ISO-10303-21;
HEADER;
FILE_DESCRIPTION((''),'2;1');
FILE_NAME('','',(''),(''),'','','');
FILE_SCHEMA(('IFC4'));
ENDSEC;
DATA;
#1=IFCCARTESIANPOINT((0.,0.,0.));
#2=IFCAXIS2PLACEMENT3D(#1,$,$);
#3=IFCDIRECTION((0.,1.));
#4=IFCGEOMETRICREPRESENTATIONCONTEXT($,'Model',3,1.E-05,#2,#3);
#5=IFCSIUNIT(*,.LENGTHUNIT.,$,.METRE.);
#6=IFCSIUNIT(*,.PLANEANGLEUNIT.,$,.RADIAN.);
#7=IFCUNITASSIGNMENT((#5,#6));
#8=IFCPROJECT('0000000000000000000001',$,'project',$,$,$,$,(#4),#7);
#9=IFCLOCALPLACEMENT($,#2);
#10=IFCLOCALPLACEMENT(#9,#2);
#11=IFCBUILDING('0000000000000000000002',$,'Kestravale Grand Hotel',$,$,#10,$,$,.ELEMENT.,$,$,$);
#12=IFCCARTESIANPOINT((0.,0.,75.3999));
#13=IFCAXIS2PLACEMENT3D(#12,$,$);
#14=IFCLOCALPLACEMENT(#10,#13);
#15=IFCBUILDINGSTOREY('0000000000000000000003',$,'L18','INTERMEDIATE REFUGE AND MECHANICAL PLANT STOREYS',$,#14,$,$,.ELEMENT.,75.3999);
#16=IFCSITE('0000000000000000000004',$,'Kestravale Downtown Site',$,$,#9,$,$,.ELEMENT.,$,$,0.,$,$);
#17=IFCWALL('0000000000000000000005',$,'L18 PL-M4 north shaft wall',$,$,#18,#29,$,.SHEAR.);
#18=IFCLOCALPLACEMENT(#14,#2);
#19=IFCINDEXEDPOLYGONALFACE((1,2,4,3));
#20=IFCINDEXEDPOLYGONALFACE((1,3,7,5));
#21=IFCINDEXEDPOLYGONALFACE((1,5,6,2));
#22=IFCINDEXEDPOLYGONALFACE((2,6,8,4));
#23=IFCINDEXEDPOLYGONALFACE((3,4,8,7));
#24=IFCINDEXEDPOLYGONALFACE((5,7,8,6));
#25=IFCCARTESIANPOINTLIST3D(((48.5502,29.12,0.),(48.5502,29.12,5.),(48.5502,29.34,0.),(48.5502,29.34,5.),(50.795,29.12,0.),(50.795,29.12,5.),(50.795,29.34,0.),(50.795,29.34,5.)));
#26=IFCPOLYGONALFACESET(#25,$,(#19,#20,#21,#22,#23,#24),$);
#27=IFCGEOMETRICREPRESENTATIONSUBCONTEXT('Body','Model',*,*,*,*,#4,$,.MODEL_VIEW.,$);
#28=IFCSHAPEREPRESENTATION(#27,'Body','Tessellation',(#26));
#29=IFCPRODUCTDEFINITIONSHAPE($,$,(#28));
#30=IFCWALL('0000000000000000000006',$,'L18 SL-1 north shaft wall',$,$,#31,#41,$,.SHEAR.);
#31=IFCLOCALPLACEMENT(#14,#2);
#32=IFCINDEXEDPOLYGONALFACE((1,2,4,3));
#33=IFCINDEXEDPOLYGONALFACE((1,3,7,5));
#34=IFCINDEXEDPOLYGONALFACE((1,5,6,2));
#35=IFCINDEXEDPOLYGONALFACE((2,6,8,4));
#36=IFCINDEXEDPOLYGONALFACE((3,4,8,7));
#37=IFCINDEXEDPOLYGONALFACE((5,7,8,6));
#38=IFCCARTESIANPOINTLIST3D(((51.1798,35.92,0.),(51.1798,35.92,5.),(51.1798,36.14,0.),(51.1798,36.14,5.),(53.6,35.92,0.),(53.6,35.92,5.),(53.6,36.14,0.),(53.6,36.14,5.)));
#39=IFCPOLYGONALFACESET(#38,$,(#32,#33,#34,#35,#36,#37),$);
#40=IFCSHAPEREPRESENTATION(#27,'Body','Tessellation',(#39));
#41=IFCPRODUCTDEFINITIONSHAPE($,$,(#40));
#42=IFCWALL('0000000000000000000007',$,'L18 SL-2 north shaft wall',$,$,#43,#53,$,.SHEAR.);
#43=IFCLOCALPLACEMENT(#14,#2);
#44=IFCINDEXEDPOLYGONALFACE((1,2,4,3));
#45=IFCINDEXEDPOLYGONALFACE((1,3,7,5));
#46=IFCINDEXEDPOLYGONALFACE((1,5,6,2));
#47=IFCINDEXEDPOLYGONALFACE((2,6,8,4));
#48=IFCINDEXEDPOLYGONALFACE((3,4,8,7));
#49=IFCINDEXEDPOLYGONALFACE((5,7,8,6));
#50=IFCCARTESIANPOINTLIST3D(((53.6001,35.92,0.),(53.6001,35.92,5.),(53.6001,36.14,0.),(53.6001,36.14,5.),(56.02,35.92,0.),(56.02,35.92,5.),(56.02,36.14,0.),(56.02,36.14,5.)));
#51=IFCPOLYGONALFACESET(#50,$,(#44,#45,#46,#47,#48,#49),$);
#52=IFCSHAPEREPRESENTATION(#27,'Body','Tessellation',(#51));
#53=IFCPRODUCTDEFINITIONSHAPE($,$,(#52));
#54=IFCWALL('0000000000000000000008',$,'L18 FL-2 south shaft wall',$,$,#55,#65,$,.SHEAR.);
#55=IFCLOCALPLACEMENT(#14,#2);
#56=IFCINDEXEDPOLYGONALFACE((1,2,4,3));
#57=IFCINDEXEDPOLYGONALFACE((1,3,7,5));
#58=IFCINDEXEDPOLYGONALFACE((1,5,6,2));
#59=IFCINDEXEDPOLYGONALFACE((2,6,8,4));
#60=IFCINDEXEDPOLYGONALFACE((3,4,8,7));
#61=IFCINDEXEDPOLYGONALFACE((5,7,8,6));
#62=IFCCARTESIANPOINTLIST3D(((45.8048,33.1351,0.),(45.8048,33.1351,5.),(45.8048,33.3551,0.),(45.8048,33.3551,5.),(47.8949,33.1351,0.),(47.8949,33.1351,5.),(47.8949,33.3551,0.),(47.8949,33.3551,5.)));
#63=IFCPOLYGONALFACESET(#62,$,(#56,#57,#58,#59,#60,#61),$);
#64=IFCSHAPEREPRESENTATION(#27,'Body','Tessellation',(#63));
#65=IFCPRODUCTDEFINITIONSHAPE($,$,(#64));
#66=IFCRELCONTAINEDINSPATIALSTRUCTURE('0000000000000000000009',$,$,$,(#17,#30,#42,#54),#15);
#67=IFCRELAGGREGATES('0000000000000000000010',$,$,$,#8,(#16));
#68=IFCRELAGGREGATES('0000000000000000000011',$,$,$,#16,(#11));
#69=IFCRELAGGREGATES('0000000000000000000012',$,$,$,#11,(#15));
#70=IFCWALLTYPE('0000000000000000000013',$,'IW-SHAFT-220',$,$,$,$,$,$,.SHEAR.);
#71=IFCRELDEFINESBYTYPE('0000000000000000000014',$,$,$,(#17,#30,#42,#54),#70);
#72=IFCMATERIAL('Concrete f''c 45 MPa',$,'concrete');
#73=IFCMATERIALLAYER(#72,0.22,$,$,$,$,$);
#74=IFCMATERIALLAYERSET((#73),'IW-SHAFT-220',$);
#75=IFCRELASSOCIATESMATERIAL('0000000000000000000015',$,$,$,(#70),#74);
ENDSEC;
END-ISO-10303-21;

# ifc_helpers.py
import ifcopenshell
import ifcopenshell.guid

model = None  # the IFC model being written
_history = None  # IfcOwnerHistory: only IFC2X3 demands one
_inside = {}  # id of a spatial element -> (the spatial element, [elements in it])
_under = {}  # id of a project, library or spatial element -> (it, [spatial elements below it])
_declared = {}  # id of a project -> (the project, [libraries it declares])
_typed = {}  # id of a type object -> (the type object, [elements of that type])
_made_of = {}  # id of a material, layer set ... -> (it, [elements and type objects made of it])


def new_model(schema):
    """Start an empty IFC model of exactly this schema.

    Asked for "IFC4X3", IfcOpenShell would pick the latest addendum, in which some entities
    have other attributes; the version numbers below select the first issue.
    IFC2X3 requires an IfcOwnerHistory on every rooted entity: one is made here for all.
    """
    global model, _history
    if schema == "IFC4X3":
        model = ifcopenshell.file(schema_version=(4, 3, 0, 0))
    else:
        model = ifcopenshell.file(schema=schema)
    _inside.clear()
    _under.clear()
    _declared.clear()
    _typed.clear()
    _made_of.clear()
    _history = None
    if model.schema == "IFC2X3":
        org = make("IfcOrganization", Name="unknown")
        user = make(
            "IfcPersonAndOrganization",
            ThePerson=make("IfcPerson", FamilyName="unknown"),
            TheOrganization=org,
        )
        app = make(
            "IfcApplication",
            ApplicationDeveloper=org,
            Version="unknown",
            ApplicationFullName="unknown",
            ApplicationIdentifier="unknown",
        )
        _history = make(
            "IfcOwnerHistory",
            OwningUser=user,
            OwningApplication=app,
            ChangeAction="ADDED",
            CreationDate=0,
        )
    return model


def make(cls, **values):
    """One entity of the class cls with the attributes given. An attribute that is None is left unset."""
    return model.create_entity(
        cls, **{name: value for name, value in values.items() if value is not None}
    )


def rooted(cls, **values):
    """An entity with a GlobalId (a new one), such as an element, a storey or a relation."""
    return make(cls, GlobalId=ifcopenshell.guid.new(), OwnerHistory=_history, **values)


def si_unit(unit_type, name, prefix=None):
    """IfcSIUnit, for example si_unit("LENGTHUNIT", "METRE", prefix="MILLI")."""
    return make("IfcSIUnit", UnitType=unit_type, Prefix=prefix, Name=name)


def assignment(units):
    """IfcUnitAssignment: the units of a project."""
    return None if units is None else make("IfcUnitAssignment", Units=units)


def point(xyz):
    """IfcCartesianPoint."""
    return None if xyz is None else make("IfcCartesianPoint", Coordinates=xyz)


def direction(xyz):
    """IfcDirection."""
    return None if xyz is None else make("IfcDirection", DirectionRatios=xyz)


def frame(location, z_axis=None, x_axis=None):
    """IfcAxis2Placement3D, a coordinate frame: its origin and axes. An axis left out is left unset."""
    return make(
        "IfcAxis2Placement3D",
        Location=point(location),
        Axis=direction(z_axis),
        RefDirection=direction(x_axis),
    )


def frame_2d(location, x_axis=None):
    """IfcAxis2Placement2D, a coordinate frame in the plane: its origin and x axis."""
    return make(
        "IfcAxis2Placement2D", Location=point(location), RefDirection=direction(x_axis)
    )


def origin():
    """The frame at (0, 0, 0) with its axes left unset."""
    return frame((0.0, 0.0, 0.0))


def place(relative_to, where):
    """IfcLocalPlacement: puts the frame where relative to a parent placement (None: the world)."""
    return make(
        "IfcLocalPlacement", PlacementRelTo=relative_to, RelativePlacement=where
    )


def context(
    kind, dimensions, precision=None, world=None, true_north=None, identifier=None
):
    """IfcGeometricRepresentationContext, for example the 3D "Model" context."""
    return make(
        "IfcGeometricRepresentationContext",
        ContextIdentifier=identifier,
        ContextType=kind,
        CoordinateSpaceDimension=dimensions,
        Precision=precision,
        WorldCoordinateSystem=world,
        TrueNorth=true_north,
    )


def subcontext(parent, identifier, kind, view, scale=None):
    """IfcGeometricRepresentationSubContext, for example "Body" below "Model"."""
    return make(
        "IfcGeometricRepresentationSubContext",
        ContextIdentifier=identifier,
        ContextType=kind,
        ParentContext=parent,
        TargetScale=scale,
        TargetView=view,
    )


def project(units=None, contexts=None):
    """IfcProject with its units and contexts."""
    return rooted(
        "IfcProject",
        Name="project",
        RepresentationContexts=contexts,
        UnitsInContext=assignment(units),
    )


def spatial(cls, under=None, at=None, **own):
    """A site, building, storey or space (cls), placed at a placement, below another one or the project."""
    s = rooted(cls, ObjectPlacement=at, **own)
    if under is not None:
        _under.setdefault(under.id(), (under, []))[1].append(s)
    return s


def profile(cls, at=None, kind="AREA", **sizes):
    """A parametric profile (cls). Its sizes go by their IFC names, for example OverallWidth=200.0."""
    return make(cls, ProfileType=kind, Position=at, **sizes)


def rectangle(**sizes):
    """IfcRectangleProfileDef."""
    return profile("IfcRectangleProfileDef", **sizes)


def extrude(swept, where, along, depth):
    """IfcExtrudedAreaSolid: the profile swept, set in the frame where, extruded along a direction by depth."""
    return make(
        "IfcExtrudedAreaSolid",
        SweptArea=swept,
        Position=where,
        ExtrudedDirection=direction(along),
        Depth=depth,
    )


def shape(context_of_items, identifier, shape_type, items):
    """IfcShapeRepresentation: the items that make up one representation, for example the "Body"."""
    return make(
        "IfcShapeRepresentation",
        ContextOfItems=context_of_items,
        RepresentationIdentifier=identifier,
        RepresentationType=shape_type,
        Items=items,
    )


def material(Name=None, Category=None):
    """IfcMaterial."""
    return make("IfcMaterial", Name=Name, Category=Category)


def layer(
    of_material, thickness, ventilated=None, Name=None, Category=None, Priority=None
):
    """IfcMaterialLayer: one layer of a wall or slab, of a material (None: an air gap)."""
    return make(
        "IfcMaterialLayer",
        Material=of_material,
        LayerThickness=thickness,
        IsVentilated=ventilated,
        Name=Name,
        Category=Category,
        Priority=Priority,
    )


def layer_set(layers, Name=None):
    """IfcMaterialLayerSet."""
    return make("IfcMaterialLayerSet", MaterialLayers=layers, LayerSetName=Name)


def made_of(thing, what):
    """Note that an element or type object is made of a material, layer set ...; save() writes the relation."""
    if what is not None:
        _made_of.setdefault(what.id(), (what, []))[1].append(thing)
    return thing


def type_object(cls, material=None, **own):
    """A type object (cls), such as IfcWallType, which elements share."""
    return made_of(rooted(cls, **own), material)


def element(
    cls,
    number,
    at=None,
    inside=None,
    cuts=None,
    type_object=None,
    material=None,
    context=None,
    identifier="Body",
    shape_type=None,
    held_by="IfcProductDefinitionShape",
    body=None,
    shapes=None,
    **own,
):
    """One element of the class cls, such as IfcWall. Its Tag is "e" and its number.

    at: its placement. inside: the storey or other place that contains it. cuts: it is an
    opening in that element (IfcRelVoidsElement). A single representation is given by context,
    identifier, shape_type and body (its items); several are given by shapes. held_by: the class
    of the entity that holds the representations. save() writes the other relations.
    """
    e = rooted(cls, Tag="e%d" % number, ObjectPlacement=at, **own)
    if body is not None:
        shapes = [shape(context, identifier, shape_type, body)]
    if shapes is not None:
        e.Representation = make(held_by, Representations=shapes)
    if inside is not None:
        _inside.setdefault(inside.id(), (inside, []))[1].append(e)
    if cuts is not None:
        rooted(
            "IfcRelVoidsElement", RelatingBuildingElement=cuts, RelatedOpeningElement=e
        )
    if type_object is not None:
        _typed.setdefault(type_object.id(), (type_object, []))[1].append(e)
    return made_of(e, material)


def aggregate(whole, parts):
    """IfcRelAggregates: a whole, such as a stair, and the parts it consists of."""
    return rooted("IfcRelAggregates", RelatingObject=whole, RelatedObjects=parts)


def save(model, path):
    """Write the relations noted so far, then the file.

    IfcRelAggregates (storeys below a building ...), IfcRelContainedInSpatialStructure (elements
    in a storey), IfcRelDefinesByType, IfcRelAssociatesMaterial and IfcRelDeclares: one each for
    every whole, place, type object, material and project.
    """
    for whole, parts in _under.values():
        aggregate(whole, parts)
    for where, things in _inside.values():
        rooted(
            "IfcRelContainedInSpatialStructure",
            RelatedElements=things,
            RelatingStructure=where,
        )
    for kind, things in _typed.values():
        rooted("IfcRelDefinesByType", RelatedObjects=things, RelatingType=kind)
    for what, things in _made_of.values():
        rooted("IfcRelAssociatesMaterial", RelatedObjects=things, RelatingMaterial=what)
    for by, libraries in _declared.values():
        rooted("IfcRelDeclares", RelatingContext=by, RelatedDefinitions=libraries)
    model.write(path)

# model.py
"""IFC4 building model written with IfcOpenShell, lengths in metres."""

from ifc_helpers import new_model, si_unit, direction, frame, frame_2d, origin, place, context, subcontext, project, spatial, rectangle, extrude, material, layer, layer_set, type_object, element, save


model = new_model("IFC4")

# Units and contexts
model_context = context("Model", 3, precision=1e-05, world=origin(), true_north=direction((0.0, 1.0)))
body_context = subcontext(model_context, "Body", "Model", "MODEL_VIEW")
ifc_project = project(units=[si_unit("LENGTHUNIT", "METRE"), si_unit("PLANEANGLEUNIT", "RADIAN")], contexts=[model_context])

# Site, building, storey
site_placement = place(None, origin())
site = spatial("IfcSite", under=ifc_project, at=site_placement, Name="Kestravale Downtown Site", CompositionType="ELEMENT", RefElevation=0.0)
building_placement = place(site_placement, origin())
building = spatial("IfcBuilding", under=site, at=building_placement, Name="Kestravale Grand Hotel", CompositionType="ELEMENT")
storey_placement = place(building_placement, frame((0.0, 0.0, 75.3999)))
storey = spatial("IfcBuildingStorey", under=building, at=storey_placement, Name="L18", Description="INTERMEDIATE REFUGE AND MECHANICAL PLANT STOREYS", CompositionType="ELEMENT", Elevation=75.3999)

# Walls
ifc_material_1 = material(Name="Concrete f'c 45 MPa", Category="concrete")
ifc_layer_1 = layer(ifc_material_1, 0.22)
ifc_layer_set_1 = layer_set([ifc_layer_1], Name="IW-SHAFT-220")
wall_type_1 = type_object("IfcWallType", Name="IW-SHAFT-220", PredefinedType="SHEAR", material=ifc_layer_set_1)
wall_1_placement = place(storey_placement, frame((48.55, 29.23, 0.0), z_axis=(0.0, 0.0, 1.0), x_axis=(1.0, 0.0, 0.0)))
element("IfcWall", 1, at=wall_1_placement, inside=storey, type_object=wall_type_1, Name="L18 PL-M4 north shaft wall", PredefinedType="SHEAR", context=body_context, shape_type="SweptSolid", body=[
    extrude(rectangle(XDim=2.2449, YDim=0.22, at=frame_2d((1.1226, 0.0))), origin(), (0.0, 0.0, 1.0), 5.0),
])
wall_2_placement = place(storey_placement, frame((51.1799, 36.03, 0.0), z_axis=(0.0, 0.0, 1.0), x_axis=(1.0, 0.0, 0.0)))
element("IfcWall", 2, at=wall_2_placement, inside=storey, type_object=wall_type_1, Name="L18 SL-1 north shaft wall", PredefinedType="SHEAR", context=body_context, shape_type="SweptSolid", body=[
    extrude(rectangle(XDim=2.4202, YDim=0.22, at=frame_2d((1.21, 0.0))), origin(), (0.0, 0.0, 1.0), 5.0),
])

# Wall
wall_3_placement = place(storey_placement, frame((53.6001, 36.03, 0.0), z_axis=(0.0, 0.0, 1.0), x_axis=(1.0, 0.0, 0.0)))
element("IfcWall", 3, at=wall_3_placement, inside=storey, type_object=wall_type_1, Name="L18 SL-2 north shaft wall", PredefinedType="SHEAR", context=body_context, shape_type="SweptSolid", body=[
    extrude(rectangle(XDim=2.4199, YDim=0.22, at=frame_2d((1.21, 0.0))), origin(), (0.0, 0.0, 1.0), 5.0),
])

# Wall
wall_4_placement = place(storey_placement, frame((45.8049, 33.2451, 0.0), z_axis=(0.0, 0.0, 1.0), x_axis=(1.0, 0.0, 0.0)))
element("IfcWall", 4, at=wall_4_placement, inside=storey, type_object=wall_type_1, Name="L18 FL-2 south shaft wall", PredefinedType="SHEAR", context=body_context, shape_type="SweptSolid", body=[
    extrude(rectangle(XDim=2.0901, YDim=0.22, at=frame_2d((1.0449, 0.0))), origin(), (0.0, 0.0, 1.0), 5.0),
])

save(model, "model.ifc")
